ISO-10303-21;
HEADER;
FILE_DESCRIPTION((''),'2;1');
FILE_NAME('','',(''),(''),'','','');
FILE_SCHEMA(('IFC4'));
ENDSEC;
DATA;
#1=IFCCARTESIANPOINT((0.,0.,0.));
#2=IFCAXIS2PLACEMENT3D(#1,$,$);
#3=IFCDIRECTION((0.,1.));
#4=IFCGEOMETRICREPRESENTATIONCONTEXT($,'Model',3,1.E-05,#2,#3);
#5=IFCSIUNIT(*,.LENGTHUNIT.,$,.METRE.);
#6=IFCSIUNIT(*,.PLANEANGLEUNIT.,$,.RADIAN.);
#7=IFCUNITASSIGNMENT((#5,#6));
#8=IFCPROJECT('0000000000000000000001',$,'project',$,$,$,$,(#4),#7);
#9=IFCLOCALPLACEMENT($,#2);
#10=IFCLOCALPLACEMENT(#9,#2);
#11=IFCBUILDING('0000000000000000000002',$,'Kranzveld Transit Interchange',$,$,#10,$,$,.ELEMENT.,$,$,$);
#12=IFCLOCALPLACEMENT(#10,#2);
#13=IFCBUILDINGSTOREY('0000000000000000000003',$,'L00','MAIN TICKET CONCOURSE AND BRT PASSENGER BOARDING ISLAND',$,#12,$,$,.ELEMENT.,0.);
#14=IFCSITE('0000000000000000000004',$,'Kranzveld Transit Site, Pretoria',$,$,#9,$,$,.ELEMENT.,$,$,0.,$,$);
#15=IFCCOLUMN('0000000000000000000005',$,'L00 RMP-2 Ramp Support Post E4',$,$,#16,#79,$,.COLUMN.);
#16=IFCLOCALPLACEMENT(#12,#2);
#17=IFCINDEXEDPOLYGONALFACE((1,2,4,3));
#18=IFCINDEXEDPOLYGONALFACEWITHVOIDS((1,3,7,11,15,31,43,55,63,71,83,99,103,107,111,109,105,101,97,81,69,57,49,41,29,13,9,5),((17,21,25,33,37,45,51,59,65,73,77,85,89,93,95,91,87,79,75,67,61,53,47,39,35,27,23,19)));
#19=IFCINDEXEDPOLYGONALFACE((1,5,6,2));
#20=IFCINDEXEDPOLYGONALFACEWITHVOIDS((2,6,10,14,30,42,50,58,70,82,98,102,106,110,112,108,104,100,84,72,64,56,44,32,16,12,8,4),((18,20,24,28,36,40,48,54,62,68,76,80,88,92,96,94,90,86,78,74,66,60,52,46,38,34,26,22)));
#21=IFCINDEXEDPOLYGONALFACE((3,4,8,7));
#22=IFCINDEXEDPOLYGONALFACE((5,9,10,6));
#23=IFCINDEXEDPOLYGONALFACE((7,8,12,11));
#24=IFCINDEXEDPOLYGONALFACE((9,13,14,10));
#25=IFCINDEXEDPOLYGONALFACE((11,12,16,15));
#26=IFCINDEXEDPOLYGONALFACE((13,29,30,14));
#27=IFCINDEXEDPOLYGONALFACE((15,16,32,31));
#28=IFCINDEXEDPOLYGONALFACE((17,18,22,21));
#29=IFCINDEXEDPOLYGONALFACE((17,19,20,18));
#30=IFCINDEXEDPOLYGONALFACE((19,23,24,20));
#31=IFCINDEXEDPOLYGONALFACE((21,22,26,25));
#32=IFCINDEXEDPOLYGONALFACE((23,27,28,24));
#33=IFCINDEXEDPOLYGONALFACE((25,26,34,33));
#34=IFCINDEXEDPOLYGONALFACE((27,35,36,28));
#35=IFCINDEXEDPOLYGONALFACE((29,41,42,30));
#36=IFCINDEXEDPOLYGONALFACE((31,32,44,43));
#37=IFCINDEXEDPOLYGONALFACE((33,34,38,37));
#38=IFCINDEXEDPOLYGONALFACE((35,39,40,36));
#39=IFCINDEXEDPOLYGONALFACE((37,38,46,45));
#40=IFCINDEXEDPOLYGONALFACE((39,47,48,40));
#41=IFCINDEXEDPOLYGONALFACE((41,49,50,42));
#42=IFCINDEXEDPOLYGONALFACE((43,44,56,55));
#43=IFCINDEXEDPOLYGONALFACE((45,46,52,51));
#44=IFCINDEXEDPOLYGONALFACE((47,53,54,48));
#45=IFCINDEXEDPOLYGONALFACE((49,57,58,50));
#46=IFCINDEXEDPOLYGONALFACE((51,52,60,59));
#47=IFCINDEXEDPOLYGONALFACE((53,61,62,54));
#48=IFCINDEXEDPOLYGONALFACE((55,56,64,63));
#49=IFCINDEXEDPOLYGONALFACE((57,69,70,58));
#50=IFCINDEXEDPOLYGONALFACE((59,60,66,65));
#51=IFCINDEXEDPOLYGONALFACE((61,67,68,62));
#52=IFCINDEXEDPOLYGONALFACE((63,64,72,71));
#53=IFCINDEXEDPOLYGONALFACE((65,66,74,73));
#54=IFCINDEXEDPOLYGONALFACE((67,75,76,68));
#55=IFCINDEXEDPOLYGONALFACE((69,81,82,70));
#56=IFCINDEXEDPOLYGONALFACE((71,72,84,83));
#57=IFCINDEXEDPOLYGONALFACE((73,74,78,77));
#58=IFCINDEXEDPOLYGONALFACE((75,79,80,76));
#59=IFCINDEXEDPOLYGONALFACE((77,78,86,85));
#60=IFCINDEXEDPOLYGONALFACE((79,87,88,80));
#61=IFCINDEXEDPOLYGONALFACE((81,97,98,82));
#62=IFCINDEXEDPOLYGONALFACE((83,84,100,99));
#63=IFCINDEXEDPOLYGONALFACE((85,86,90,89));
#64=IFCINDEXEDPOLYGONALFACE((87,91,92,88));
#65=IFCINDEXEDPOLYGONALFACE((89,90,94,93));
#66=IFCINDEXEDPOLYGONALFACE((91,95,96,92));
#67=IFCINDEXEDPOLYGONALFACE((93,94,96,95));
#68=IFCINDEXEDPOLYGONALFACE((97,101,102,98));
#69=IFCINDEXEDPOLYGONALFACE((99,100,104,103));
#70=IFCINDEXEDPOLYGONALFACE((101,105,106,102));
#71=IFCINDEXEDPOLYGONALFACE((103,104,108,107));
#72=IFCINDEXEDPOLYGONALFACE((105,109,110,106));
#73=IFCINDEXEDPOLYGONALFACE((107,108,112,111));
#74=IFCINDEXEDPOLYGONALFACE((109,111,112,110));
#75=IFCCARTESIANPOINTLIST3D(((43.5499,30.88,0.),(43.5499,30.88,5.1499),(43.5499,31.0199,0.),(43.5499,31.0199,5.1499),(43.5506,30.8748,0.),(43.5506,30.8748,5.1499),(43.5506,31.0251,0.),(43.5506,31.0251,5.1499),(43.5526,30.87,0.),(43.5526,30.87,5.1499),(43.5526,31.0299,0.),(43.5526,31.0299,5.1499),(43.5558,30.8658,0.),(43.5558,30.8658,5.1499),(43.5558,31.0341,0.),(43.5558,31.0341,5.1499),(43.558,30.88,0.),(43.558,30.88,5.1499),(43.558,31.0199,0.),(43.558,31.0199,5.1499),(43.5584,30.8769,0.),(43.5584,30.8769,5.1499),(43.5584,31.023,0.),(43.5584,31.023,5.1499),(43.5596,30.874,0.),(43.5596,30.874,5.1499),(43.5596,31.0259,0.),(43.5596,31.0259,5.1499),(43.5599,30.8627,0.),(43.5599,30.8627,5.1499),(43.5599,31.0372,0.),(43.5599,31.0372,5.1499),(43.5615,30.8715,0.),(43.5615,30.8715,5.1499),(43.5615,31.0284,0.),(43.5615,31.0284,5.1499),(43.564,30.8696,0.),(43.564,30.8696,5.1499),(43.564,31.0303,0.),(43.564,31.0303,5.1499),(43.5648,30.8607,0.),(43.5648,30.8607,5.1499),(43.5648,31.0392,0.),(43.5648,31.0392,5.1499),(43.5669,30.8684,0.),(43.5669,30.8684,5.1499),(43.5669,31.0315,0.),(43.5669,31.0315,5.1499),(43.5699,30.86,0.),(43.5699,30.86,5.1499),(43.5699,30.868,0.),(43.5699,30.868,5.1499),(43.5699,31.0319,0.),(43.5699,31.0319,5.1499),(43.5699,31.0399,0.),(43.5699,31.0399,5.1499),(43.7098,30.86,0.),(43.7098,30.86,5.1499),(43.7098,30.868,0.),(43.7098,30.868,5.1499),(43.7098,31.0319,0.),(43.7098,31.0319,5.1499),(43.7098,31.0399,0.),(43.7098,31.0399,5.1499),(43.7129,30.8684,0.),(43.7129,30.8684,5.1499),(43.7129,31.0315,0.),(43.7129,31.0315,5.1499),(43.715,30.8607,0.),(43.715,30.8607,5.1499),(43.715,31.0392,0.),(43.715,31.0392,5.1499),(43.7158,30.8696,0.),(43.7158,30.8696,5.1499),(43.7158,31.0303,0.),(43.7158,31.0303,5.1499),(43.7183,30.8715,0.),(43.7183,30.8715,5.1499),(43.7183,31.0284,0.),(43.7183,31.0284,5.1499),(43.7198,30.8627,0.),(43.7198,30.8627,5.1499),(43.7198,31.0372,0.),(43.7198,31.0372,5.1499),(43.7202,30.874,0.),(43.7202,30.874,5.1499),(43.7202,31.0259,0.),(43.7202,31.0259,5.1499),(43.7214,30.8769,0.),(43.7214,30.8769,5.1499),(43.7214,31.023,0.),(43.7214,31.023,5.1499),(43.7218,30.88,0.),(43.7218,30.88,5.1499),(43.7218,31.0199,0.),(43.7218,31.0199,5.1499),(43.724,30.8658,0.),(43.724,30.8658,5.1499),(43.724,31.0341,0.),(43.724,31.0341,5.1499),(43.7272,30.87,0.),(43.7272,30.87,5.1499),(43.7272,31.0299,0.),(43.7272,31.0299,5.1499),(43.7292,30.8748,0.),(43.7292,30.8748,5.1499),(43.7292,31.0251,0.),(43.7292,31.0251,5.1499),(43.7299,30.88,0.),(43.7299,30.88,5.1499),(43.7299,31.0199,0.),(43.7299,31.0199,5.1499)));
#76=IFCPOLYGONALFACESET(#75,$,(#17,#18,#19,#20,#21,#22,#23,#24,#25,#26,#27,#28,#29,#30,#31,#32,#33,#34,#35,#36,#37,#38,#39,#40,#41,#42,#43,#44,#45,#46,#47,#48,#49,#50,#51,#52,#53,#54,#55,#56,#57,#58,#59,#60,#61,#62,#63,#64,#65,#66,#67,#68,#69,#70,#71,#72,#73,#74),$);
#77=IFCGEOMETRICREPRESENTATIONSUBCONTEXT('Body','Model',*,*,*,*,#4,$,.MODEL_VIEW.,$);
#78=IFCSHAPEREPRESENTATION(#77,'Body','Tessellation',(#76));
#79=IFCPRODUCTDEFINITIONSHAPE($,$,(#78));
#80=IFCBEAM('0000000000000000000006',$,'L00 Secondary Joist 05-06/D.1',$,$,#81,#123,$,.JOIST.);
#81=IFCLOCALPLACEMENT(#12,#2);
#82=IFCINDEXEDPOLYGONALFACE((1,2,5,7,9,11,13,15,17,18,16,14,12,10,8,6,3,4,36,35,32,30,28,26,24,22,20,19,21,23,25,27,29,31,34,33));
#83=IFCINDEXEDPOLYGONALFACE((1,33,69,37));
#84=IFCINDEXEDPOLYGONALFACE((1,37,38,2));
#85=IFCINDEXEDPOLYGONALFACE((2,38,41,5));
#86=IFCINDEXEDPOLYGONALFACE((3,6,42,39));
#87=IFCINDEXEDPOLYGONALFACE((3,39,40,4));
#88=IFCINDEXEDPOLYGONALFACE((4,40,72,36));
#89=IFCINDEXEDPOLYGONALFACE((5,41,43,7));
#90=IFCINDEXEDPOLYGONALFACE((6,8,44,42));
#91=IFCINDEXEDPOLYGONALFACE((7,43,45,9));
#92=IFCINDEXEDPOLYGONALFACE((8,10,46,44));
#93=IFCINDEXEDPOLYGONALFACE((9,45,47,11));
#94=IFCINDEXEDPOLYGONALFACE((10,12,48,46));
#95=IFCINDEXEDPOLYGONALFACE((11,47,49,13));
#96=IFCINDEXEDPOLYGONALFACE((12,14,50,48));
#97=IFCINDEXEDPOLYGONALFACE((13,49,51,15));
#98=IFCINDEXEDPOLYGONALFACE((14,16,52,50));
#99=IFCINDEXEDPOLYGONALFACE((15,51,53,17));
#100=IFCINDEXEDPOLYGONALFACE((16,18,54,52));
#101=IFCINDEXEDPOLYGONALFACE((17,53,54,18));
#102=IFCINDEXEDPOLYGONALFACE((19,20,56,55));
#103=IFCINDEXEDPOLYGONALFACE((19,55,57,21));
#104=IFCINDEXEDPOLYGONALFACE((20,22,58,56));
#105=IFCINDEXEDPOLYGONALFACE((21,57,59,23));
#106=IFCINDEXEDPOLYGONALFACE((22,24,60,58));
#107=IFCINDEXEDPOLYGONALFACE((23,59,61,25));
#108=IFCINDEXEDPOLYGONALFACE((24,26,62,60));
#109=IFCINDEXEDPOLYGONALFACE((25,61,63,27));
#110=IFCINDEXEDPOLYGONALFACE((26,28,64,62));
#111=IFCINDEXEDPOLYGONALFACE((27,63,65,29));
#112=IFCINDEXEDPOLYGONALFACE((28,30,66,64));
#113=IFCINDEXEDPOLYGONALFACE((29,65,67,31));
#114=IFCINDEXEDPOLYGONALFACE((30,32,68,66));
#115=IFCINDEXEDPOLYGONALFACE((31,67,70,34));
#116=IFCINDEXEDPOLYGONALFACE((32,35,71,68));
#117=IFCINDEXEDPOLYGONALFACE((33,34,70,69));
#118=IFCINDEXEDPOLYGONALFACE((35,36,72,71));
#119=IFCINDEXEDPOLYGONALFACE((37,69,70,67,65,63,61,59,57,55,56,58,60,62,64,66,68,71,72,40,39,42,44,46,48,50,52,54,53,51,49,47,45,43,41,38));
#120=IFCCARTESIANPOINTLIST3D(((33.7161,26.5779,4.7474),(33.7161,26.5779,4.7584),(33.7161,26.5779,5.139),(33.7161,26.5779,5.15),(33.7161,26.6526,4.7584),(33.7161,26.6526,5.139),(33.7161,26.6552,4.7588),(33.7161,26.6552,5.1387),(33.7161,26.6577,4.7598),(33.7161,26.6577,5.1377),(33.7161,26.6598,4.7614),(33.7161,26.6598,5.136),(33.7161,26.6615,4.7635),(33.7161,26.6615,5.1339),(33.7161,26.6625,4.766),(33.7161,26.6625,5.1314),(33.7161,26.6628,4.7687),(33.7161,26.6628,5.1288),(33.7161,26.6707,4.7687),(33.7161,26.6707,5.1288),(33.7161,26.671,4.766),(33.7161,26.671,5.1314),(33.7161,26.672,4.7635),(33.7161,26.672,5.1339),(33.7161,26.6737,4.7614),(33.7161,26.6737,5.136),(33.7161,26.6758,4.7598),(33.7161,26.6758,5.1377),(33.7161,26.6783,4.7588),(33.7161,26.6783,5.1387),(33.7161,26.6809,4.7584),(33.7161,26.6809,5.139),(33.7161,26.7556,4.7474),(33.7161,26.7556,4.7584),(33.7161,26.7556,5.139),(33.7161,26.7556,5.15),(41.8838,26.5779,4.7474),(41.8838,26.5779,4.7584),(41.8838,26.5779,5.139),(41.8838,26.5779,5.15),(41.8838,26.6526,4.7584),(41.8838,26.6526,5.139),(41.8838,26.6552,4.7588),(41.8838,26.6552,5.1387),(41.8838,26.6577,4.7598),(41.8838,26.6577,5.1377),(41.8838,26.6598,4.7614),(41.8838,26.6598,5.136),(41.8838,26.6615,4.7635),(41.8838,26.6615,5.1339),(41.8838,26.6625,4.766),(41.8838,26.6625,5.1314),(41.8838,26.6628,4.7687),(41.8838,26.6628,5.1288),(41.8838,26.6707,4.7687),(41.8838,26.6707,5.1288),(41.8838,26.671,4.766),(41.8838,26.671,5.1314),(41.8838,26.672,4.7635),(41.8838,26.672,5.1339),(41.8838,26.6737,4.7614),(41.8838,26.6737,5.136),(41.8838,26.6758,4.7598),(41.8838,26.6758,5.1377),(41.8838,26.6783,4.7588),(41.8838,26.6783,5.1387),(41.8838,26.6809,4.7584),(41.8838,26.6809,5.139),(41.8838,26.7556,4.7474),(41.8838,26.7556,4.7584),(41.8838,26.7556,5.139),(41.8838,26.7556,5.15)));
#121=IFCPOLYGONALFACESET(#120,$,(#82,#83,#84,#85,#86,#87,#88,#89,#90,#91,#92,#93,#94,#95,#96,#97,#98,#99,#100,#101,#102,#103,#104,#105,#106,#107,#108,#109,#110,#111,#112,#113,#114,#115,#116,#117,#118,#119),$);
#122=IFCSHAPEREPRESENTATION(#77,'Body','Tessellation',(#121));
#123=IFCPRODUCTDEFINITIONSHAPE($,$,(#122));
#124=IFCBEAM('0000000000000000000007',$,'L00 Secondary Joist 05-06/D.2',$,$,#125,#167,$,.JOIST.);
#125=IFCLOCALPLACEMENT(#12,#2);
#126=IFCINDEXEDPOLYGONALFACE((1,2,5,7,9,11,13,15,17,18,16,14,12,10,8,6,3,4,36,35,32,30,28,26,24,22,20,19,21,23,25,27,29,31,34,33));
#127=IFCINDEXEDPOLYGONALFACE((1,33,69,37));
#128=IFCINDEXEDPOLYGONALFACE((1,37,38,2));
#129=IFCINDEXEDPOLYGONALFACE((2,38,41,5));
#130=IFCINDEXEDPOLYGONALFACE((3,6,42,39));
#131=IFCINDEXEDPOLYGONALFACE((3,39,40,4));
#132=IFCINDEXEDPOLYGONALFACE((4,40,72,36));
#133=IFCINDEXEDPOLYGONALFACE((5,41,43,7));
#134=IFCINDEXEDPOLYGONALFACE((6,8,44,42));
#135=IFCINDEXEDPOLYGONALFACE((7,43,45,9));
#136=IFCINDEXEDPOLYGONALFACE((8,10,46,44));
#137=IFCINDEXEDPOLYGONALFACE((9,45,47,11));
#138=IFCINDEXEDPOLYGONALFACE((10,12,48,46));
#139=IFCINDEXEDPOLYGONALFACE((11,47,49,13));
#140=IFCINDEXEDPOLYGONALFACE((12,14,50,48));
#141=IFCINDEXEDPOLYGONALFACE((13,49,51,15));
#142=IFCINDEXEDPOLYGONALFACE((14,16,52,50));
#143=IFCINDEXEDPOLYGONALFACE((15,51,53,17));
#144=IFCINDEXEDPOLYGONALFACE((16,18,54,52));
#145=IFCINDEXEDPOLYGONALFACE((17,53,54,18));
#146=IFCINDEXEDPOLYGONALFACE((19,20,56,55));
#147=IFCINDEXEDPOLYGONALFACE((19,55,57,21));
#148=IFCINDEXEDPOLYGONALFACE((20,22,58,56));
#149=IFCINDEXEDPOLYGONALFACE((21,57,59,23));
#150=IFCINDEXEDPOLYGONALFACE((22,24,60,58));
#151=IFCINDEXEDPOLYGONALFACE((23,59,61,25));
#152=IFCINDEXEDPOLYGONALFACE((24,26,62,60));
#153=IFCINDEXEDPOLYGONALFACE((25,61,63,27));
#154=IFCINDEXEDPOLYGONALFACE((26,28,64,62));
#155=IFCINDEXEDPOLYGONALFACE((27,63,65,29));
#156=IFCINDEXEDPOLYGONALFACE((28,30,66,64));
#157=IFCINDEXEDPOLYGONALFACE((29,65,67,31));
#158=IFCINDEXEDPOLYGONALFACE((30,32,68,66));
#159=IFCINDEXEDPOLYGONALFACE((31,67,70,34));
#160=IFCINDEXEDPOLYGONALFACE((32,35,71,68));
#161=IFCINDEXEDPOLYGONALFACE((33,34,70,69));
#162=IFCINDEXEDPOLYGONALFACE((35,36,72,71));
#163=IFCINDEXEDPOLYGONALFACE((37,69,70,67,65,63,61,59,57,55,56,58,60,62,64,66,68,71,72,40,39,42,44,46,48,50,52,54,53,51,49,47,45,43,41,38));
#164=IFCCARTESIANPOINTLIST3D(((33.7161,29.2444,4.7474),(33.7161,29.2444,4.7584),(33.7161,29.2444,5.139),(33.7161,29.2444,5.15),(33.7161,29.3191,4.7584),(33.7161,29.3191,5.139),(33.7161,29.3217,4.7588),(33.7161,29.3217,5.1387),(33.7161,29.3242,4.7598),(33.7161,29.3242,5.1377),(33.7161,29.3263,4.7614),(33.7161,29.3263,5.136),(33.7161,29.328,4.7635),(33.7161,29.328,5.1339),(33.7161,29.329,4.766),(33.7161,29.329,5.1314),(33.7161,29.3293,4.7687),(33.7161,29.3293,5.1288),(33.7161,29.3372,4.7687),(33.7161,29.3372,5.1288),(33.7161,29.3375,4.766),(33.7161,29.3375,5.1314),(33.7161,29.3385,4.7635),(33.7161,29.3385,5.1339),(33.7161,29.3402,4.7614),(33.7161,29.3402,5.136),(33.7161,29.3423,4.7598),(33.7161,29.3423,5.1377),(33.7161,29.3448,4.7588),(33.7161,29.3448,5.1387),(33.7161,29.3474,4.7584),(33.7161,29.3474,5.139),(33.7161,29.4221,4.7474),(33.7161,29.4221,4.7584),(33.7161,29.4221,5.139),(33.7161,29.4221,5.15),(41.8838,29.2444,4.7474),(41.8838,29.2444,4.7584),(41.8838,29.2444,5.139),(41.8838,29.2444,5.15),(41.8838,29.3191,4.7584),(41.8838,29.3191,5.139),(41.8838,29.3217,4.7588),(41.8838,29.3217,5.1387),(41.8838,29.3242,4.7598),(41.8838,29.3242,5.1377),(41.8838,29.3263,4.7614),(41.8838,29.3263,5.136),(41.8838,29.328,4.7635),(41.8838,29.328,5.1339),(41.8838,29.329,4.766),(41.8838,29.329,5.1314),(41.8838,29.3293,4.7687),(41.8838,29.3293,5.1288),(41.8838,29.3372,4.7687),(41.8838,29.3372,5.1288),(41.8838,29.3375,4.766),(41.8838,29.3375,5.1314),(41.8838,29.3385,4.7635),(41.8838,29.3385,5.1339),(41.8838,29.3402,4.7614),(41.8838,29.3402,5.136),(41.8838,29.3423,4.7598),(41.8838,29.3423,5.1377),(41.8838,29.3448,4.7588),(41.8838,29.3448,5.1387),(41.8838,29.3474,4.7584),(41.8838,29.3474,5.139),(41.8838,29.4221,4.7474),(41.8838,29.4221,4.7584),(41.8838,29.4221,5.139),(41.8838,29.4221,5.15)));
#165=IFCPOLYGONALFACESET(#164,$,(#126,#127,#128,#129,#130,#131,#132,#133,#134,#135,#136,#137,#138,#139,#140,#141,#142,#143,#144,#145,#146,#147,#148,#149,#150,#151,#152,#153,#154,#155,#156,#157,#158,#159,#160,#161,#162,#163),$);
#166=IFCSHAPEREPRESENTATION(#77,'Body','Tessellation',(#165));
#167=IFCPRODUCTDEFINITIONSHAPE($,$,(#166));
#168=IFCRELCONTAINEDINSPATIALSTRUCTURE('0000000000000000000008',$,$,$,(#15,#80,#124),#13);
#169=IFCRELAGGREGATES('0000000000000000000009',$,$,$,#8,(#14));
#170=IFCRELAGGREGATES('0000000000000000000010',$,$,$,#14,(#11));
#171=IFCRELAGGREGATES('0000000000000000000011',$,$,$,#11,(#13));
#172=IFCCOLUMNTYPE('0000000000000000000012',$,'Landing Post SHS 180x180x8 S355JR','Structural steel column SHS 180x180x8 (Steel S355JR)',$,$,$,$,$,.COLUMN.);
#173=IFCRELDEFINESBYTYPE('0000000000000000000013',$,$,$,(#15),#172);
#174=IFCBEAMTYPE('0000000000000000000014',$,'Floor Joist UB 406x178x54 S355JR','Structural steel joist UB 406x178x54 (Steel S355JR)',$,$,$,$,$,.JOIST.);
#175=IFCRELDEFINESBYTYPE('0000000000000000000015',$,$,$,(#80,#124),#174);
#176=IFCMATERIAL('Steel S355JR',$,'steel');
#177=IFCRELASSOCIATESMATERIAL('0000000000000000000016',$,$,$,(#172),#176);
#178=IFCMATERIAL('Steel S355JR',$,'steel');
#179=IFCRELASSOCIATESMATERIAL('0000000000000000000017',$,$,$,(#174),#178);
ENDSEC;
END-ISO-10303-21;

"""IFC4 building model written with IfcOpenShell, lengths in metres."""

from ifc_helpers import new_model, si_unit, direction, frame, origin, origin_2d, place, context, subcontext, project, spatial, hollow_rectangle, i_section, extrude, material, material_profile, profile_set, type_object, element, save


model = new_model("IFC4")

# Units and contexts
model_context = context("Model", 3, precision=1e-05, world=origin(), true_north=direction((0.0, 1.0)))
body_context = subcontext(model_context, "Body", "Model", "MODEL_VIEW")
ifc_project = project(units=[si_unit("LENGTHUNIT", "METRE"), si_unit("PLANEANGLEUNIT", "RADIAN")], contexts=[model_context])

# Site, building, storey
site_placement = place(None, origin())
site = spatial("IfcSite", under=ifc_project, at=site_placement, Name="Kranzveld Transit Site, Pretoria", CompositionType="ELEMENT", RefElevation=0.0)
building_placement = place(site_placement, origin())
building = spatial("IfcBuilding", under=site, at=building_placement, Name="Kranzveld Transit Interchange", CompositionType="ELEMENT")
storey_placement = place(building_placement, origin())
storey = spatial("IfcBuildingStorey", under=building, at=storey_placement, Name="L00", Description="MAIN TICKET CONCOURSE AND BRT PASSENGER BOARDING ISLAND", CompositionType="ELEMENT", Elevation=0.0)

# Column
ifc_material_1 = material(Name="Steel S355JR", Category="steel")
ifc_material_profile_1 = material_profile(ifc_material_1, hollow_rectangle(XDim=0.1799, YDim=0.1799, WallThickness=0.0081, InnerFilletRadius=0.012, OuterFilletRadius=0.02, at=origin_2d()), Name="SHS 180x180x8")
ifc_profile_set_1 = profile_set([ifc_material_profile_1], Name="Steel S355JR")
column_type_1 = type_object("IfcColumnType", Name="Landing Post SHS 180x180x8 S355JR", Description="Structural steel column SHS 180x180x8 (Steel S355JR)", PredefinedType="COLUMN", material=ifc_profile_set_1)
for number, where, z_axis, x_axis, name in (
    (1, (43.6399, 30.95, 0.0), (0.0, 0.0, 1.0), (1.0, 0.0, 0.0), "L00 RMP-2 Ramp Support Post E4"),
):
    element("IfcColumn", number, at=place(storey_placement, frame(where, z_axis=z_axis, x_axis=x_axis)), inside=storey, type_object=column_type_1, Name=name, PredefinedType="COLUMN", context=body_context, shape_type="SweptSolid", body=[
        extrude(hollow_rectangle(XDim=0.1799, YDim=0.1799, WallThickness=0.0081, InnerFilletRadius=0.012, OuterFilletRadius=0.02, at=origin_2d()), origin(), (0.0, 0.0, 1.0), 5.1499),
    ])

# Beams
ifc_material_2 = material(Name="Steel S355JR", Category="steel")
ifc_material_profile_2 = material_profile(ifc_material_2, i_section(OverallWidth=0.1777, OverallDepth=0.4026, WebThickness=0.0078, FlangeThickness=0.011, FilletRadius=0.0103, at=origin_2d()), Name="UB 406x178x54")
ifc_profile_set_2 = profile_set([ifc_material_profile_2], Name="Steel S355JR")
beam_type_1 = type_object("IfcBeamType", Name="Floor Joist UB 406x178x54 S355JR", Description="Structural steel joist UB 406x178x54 (Steel S355JR)", PredefinedType="JOIST", material=ifc_profile_set_2)
for number, where, z_axis, x_axis, name in (
    (2, (33.7161, 26.6667, 4.9487), (1.0, 0.0, 0.0), (0.0, 1.0, 0.0), "L00 Secondary Joist 05-06/D.1"),
    (3, (33.7161, 29.3333, 4.9487), (1.0, 0.0, 0.0), (0.0, 1.0, 0.0), "L00 Secondary Joist 05-06/D.2"),
):
    element("IfcBeam", number, at=place(storey_placement, frame(where, z_axis=z_axis, x_axis=x_axis)), inside=storey, type_object=beam_type_1, Name=name, PredefinedType="JOIST", context=body_context, shape_type="SweptSolid", body=[
        extrude(i_section(OverallWidth=0.1777, OverallDepth=0.4026, WebThickness=0.0078, FlangeThickness=0.011, FilletRadius=0.0103, at=origin_2d()), origin(), (0.0, 0.0, 1.0), 8.1677),
    ])

save(model, "model.ifc")
